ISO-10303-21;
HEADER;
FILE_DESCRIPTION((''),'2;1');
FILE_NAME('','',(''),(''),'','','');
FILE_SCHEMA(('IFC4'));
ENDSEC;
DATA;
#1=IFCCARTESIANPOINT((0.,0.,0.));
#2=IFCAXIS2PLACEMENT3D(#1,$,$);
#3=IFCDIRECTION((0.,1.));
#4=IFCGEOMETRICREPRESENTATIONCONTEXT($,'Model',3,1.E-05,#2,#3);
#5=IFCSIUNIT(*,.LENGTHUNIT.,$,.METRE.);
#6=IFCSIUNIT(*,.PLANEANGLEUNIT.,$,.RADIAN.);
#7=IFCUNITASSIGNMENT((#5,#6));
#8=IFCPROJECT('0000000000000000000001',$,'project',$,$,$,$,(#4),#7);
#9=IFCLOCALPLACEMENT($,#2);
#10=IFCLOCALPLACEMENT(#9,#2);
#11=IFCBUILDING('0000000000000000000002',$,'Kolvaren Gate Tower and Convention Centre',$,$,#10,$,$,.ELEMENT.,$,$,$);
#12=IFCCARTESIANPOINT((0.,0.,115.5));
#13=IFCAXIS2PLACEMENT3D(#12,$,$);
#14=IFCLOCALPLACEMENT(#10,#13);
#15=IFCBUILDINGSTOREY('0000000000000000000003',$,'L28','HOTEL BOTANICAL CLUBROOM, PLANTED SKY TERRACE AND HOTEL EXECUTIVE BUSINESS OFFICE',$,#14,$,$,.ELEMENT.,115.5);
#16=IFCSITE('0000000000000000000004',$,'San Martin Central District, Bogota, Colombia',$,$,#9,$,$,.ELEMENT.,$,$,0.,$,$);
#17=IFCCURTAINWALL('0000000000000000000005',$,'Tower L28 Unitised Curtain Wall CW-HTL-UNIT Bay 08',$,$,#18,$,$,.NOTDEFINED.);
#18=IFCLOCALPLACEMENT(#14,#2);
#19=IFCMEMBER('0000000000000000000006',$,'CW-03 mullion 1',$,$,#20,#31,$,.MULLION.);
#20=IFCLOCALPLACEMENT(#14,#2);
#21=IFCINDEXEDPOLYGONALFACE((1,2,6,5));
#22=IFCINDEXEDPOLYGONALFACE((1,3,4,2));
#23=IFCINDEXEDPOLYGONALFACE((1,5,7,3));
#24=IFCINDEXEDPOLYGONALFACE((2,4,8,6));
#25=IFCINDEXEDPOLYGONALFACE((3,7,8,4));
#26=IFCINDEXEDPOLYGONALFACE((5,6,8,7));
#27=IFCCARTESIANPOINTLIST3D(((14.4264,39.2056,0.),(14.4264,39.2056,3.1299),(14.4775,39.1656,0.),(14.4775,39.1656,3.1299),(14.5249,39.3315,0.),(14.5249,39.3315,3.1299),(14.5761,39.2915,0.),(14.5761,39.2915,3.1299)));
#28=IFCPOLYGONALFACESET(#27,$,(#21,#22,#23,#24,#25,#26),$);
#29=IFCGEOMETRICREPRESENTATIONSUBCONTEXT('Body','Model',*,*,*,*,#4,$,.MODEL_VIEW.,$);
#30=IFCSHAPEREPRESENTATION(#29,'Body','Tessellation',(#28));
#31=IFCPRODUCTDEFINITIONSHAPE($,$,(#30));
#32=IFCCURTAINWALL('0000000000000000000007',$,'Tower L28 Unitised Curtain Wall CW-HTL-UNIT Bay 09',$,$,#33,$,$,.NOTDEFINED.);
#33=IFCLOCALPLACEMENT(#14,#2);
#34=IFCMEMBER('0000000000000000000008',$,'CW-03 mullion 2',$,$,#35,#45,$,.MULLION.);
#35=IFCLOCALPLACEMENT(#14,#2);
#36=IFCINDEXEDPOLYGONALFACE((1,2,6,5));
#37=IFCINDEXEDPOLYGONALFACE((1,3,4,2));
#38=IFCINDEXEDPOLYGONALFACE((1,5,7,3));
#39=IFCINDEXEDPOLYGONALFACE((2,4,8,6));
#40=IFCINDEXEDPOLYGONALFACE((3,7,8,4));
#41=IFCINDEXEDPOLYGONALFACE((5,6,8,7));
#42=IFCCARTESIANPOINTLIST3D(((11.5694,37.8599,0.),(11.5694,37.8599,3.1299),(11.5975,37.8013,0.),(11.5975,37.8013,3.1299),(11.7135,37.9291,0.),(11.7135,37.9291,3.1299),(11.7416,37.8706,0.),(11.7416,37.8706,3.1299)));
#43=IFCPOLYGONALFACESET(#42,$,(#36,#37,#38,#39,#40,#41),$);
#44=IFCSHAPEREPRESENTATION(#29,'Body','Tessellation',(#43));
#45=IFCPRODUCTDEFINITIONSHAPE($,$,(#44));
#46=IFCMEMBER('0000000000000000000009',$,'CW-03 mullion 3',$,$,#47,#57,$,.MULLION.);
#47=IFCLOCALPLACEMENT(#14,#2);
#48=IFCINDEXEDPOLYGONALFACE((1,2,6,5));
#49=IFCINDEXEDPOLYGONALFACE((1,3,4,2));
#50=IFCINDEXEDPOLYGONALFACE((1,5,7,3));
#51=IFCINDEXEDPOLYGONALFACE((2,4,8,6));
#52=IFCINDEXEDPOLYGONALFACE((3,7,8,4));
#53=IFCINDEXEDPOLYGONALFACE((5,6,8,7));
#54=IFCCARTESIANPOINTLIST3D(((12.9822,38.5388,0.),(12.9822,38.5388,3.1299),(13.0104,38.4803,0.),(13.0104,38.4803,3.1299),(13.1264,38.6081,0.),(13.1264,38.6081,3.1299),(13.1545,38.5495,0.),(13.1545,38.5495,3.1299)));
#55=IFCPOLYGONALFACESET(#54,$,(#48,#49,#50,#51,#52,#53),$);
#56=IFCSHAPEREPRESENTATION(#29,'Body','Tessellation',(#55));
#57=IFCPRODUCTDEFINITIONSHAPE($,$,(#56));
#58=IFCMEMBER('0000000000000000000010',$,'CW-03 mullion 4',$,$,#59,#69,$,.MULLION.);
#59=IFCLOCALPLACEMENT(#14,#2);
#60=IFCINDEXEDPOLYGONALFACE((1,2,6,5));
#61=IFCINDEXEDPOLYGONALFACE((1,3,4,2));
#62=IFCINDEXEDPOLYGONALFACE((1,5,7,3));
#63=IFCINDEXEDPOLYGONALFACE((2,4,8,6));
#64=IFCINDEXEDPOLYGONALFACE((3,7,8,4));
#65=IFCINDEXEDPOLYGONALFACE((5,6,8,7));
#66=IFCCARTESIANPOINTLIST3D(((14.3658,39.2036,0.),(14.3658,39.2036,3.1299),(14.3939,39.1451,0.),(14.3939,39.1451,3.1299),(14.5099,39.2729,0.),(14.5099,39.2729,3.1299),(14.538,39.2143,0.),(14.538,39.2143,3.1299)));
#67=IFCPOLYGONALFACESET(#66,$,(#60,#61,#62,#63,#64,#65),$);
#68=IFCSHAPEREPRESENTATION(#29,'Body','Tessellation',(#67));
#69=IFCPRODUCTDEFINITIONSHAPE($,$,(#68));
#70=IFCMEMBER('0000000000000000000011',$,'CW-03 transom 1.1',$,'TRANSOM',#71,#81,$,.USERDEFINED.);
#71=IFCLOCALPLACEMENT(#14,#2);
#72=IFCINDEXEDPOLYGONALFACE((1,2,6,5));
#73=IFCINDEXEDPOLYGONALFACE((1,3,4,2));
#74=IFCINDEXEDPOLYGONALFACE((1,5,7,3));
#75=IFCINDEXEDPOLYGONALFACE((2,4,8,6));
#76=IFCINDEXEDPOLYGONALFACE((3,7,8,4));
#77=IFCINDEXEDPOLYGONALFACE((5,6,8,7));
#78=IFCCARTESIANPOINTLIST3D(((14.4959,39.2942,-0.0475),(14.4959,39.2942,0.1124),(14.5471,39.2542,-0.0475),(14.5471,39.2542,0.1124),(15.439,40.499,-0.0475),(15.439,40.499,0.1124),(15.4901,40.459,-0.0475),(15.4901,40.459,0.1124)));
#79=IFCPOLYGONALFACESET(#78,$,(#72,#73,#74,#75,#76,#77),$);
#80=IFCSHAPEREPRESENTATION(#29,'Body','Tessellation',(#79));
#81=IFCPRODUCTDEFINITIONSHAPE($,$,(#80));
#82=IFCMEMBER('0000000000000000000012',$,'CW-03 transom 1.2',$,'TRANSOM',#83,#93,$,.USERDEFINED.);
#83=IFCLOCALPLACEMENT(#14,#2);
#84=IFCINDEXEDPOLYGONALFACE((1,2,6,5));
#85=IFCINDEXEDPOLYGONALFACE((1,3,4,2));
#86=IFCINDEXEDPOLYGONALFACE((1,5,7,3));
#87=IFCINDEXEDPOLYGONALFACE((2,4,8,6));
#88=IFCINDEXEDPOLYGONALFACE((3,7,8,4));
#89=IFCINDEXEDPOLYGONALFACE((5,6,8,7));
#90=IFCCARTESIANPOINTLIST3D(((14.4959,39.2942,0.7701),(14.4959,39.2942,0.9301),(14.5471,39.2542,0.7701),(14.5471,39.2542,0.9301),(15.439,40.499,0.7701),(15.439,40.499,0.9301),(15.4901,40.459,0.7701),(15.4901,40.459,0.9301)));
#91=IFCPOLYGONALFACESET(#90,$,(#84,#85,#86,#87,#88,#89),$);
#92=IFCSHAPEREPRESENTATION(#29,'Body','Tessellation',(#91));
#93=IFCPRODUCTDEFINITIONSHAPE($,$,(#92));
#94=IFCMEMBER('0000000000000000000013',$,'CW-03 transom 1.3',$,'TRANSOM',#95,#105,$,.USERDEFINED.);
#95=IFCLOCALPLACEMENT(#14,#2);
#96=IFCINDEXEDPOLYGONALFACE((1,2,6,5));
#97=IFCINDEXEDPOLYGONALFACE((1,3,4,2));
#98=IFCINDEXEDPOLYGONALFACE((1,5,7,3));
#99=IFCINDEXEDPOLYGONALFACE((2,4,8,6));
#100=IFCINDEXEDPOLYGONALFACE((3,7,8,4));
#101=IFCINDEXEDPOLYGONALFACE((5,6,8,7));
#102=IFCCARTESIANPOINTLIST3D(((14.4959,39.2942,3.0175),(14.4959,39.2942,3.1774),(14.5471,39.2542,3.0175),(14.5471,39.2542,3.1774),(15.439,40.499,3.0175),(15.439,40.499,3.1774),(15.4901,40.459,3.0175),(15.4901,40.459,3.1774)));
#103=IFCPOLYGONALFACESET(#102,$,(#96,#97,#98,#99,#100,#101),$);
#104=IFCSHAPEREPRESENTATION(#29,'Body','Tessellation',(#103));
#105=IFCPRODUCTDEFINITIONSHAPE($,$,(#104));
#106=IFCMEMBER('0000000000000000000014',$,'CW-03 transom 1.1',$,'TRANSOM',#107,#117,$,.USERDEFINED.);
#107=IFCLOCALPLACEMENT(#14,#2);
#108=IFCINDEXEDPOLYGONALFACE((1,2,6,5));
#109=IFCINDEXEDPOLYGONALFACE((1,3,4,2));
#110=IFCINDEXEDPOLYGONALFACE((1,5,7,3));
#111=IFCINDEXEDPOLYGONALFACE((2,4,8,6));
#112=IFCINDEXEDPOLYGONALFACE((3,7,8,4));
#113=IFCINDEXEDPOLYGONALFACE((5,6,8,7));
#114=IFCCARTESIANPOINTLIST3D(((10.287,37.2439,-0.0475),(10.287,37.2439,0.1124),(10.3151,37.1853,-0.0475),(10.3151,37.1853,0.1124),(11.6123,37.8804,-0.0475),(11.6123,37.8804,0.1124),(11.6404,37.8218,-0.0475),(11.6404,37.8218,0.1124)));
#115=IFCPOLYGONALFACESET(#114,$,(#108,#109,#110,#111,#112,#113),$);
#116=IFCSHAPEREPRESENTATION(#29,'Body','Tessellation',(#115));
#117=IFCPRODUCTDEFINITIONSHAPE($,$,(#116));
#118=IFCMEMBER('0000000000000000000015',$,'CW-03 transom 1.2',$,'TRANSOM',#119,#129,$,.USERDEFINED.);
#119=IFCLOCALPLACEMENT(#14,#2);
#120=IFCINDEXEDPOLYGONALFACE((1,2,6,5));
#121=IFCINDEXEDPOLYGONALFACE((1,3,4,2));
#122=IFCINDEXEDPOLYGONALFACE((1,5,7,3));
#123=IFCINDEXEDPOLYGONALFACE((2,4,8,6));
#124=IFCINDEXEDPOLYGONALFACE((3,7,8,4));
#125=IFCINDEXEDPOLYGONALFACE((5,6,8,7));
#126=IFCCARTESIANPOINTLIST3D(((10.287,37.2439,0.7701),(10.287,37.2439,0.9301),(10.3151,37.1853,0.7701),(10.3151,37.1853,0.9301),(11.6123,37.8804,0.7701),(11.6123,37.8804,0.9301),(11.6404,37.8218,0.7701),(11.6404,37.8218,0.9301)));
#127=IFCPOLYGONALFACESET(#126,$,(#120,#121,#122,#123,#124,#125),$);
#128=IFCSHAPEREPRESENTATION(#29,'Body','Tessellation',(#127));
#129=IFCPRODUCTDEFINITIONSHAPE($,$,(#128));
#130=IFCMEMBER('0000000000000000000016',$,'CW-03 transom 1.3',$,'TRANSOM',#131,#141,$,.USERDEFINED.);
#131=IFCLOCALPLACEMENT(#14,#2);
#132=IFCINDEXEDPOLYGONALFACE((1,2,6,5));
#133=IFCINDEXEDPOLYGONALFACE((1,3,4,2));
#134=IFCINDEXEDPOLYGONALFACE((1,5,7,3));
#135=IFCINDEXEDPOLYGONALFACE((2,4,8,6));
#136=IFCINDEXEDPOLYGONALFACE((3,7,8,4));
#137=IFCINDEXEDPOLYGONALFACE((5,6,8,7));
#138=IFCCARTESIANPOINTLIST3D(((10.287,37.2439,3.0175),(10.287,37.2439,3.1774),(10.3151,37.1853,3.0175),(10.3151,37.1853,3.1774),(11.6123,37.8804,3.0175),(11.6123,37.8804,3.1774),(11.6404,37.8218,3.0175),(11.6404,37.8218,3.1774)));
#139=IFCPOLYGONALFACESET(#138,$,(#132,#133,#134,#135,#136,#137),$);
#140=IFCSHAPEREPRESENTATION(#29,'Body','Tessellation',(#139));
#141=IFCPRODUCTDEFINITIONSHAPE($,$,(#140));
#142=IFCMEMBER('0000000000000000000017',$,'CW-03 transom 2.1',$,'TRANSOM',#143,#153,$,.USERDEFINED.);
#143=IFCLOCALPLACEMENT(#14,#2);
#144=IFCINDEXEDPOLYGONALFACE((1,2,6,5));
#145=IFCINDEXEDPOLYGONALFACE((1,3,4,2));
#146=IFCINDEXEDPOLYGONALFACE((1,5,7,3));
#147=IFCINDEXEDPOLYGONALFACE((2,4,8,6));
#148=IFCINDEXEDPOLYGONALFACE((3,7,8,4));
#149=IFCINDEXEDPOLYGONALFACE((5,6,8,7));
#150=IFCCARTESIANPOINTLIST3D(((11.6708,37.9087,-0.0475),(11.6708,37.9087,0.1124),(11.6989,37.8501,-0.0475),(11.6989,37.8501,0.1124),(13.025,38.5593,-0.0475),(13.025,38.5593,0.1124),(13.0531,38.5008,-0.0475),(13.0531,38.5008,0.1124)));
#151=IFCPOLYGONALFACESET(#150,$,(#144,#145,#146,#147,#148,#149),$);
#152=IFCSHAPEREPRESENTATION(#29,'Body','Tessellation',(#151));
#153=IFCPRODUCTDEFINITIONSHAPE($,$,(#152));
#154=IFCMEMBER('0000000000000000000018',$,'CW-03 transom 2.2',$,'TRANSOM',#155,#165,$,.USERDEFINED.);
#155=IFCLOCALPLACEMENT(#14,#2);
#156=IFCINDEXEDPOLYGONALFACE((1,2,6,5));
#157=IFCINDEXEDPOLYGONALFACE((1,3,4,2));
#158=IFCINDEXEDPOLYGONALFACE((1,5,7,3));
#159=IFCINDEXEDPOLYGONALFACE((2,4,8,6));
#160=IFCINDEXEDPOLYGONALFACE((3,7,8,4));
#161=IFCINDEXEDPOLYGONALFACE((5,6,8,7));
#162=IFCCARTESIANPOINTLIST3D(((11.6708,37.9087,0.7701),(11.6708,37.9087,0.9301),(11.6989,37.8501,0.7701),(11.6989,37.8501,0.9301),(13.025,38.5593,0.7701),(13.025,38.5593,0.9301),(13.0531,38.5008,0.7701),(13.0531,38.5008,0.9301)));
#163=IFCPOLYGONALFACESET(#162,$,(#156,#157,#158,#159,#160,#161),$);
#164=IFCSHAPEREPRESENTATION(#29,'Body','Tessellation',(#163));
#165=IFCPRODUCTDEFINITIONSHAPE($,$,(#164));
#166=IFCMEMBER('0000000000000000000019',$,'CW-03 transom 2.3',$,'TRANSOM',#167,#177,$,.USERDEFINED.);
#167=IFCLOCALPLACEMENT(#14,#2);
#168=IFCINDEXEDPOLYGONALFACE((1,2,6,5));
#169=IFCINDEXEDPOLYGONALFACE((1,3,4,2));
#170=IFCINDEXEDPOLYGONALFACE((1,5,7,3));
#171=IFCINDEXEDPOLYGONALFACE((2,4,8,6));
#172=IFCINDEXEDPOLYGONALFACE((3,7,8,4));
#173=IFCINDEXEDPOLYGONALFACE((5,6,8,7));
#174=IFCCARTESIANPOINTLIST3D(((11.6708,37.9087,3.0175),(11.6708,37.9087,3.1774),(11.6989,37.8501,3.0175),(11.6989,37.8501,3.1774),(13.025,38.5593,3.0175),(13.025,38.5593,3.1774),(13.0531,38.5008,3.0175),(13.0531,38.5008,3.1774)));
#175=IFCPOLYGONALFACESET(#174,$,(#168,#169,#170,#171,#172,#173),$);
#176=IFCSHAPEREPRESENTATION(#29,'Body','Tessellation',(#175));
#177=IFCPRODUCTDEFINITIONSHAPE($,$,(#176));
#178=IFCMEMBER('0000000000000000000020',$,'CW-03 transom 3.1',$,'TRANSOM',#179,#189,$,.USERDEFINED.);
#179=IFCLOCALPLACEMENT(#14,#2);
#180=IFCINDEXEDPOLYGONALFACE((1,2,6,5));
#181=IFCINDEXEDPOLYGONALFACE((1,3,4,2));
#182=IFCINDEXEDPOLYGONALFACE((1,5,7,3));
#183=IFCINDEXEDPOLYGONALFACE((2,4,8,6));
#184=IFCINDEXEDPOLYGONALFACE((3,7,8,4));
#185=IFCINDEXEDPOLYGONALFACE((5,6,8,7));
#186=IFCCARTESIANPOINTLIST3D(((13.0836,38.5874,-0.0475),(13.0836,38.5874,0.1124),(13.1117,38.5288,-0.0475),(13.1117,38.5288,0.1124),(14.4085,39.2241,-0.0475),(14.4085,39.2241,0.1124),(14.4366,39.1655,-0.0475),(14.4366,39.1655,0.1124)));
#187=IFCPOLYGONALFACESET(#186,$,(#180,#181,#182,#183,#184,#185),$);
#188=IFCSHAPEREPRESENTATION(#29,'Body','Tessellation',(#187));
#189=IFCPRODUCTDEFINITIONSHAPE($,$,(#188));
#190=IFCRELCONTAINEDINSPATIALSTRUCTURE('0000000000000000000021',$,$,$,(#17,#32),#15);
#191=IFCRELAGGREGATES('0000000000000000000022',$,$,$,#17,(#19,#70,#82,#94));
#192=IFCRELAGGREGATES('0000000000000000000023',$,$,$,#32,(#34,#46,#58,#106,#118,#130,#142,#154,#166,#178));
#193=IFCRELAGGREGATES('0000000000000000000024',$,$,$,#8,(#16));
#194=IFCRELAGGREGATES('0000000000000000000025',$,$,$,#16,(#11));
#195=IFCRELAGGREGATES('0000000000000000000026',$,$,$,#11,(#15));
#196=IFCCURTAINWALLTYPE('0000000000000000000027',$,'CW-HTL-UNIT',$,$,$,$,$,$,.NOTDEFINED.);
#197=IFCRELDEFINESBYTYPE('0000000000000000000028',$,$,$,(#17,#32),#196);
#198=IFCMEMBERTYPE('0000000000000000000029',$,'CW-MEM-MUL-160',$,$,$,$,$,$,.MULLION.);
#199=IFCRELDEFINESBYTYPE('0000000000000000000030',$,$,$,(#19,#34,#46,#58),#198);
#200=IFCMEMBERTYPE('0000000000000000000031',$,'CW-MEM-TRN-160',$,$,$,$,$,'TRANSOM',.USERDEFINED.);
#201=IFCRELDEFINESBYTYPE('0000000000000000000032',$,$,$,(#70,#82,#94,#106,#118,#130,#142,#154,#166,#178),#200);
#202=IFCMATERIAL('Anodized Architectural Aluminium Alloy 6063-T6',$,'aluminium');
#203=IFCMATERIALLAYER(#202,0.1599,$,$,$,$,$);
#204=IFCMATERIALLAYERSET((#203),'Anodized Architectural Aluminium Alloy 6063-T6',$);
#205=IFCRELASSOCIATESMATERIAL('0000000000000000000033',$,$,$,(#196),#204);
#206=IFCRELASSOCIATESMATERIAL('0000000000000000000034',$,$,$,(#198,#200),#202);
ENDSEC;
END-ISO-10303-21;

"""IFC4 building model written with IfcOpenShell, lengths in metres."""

from ifc_helpers import new_model, si_unit, direction, frame, origin, origin_2d, place, context, subcontext, project, spatial, rectangle, extrude, material, layer, layer_set, material_profile, profile_set, type_object, element, aggregate, save


model = new_model("IFC4")

# Units and contexts
model_context = context("Model", 3, precision=1e-05, world=origin(), true_north=direction((0.0, 1.0)))
body_context = subcontext(model_context, "Body", "Model", "MODEL_VIEW")
ifc_project = project(units=[si_unit("LENGTHUNIT", "METRE"), si_unit("PLANEANGLEUNIT", "RADIAN")], contexts=[model_context])

# Site, building, storey
site_placement = place(None, origin())
site = spatial("IfcSite", under=ifc_project, at=site_placement, Name="San Martin Central District, Bogota, Colombia", CompositionType="ELEMENT", RefElevation=0.0)
building_placement = place(site_placement, origin())
building = spatial("IfcBuilding", under=site, at=building_placement, Name="Kolvaren Gate Tower and Convention Centre", CompositionType="ELEMENT")
storey_placement = place(building_placement, frame((0.0, 0.0, 115.5)))
storey = spatial("IfcBuildingStorey", under=building, at=storey_placement, Name="L28", Description="HOTEL BOTANICAL CLUBROOM, PLANTED SKY TERRACE AND HOTEL EXECUTIVE BUSINESS OFFICE", CompositionType="ELEMENT", Elevation=115.5)

# Curtain wall, member
ifc_material_1 = material(Name="Anodized Architectural Aluminium Alloy 6063-T6", Category="aluminium")
ifc_layer_1 = layer(ifc_material_1, 0.1599)
ifc_layer_set_1 = layer_set([ifc_layer_1], Name="Anodized Architectural Aluminium Alloy 6063-T6")
curtain_wall_type = type_object("IfcCurtainWallType", Name="CW-HTL-UNIT", PredefinedType="NOTDEFINED", material=ifc_layer_set_1)
curtain_wall_1_placement = place(storey_placement, origin())
curtain_wall_1 = element("IfcCurtainWall", 1, at=curtain_wall_1_placement, inside=storey, type_object=curtain_wall_type, Name="Tower L28 Unitised Curtain Wall CW-HTL-UNIT Bay 08", PredefinedType="NOTDEFINED")
ifc_material_profile_1 = material_profile(ifc_material_1, rectangle(XDim=0.0649, YDim=0.1599, at=origin_2d()), Name="CW-MEM-MUL-160")
ifc_profile_set_1 = profile_set([ifc_material_profile_1], Name="Anodized Architectural Aluminium Alloy 6063-T6")
member_type_1 = type_object("IfcMemberType", Name="CW-MEM-MUL-160", PredefinedType="MULLION", material=ifc_profile_set_1)
member_1_placement = place(storey_placement, frame((14.5012, 39.2485, 0.0), z_axis=(0.0, 0.0, 1.0), x_axis=(-0.787401, 0.616441, 0.0)))
member_1 = element("IfcMember", 2, at=member_1_placement, type_object=member_type_1, Name="CW-03 mullion 1", PredefinedType="MULLION", context=body_context, shape_type="SweptSolid", body=[
    extrude(rectangle(XDim=0.0649, YDim=0.1599, at=origin_2d()), origin(), (0.0, 0.0, 1.0), 3.1299),
])

# Curtain wall, members
curtain_wall_2_placement = place(storey_placement, origin())
curtain_wall_2 = element("IfcCurtainWall", 3, at=curtain_wall_2_placement, inside=storey, type_object=curtain_wall_type, Name="Tower L28 Unitised Curtain Wall CW-HTL-UNIT Bay 09", PredefinedType="NOTDEFINED")
member_2_placement = place(storey_placement, frame((11.6555, 37.8652, 0.0), z_axis=(0.0, 0.0, 1.0), x_axis=(-0.433073, 0.901359, 0.0)))
member_2 = element("IfcMember", 4, at=member_2_placement, type_object=member_type_1, Name="CW-03 mullion 2", PredefinedType="MULLION", context=body_context, shape_type="SweptSolid", body=[
    extrude(rectangle(XDim=0.0649, YDim=0.1599, at=origin_2d()), origin(), (0.0, 0.0, 1.0), 3.1299),
])
member_3_placement = place(storey_placement, frame((13.0684, 38.5442, 0.0), z_axis=(0.0, 0.0, 1.0), x_axis=(-0.433073, 0.901359, 0.0)))
member_3 = element("IfcMember", 5, at=member_3_placement, type_object=member_type_1, Name="CW-03 mullion 3", PredefinedType="MULLION", context=body_context, shape_type="SweptSolid", body=[
    extrude(rectangle(XDim=0.0649, YDim=0.1599, at=origin_2d()), origin(), (0.0, 0.0, 1.0), 3.1299),
])
member_4_placement = place(storey_placement, frame((14.4519, 39.209, 0.0), z_axis=(0.0, 0.0, 1.0), x_axis=(-0.433073, 0.901359, 0.0)))
member_4 = element("IfcMember", 6, at=member_4_placement, type_object=member_type_1, Name="CW-03 mullion 4", PredefinedType="MULLION", context=body_context, shape_type="SweptSolid", body=[
    extrude(rectangle(XDim=0.0649, YDim=0.1599, at=origin_2d()), origin(), (0.0, 0.0, 1.0), 3.1299),
])

# Members
ifc_material_profile_2 = material_profile(ifc_material_1, rectangle(XDim=0.0649, YDim=0.1599, at=origin_2d()), Name="CW-MEM-TRN-160")
ifc_profile_set_2 = profile_set([ifc_material_profile_2], Name="Anodized Architectural Aluminium Alloy 6063-T6")
member_type_2 = type_object("IfcMemberType", Name="CW-MEM-TRN-160", ElementType="TRANSOM", PredefinedType="USERDEFINED", material=ifc_profile_set_2)
member_5_placement = place(storey_placement, frame((14.5215, 39.2742, 0.0325), z_axis=(0.61639, 0.787441, 0.0), x_axis=(-0.787441, 0.61639, 0.0)))
member_5 = element("IfcMember", 7, at=member_5_placement, type_object=member_type_2, Name="CW-03 transom 1.1", ObjectType="TRANSOM", PredefinedType="USERDEFINED", context=body_context, shape_type="SweptSolid", body=[
    extrude(rectangle(XDim=0.0649, YDim=0.1599, at=origin_2d()), origin(), (0.0, 0.0, 1.0), 1.53),
])
member_6_placement = place(storey_placement, frame((14.5215, 39.2742, 0.8501), z_axis=(0.61639, 0.787441, 0.0), x_axis=(-0.787441, 0.61639, 0.0)))
member_6 = element("IfcMember", 8, at=member_6_placement, type_object=member_type_2, Name="CW-03 transom 1.2", ObjectType="TRANSOM", PredefinedType="USERDEFINED", context=body_context, shape_type="SweptSolid", body=[
    extrude(rectangle(XDim=0.0649, YDim=0.1599, at=origin_2d()), origin(), (0.0, 0.0, 1.0), 1.53),
])
member_7_placement = place(storey_placement, frame((14.5215, 39.2742, 3.0974), z_axis=(0.61639, 0.787441, 0.0), x_axis=(-0.787441, 0.61639, 0.0)))
member_7 = element("IfcMember", 9, at=member_7_placement, type_object=member_type_2, Name="CW-03 transom 1.3", ObjectType="TRANSOM", PredefinedType="USERDEFINED", context=body_context, shape_type="SweptSolid", body=[
    extrude(rectangle(XDim=0.0649, YDim=0.1599, at=origin_2d()), origin(), (0.0, 0.0, 1.0), 1.53),
])
member_8_placement = place(storey_placement, frame((10.301, 37.2146, 0.0325), z_axis=(0.901422, 0.432942, 0.0), x_axis=(-0.432942, 0.901422, 0.0)))
member_8 = element("IfcMember", 10, at=member_8_placement, type_object=member_type_2, Name="CW-03 transom 1.1", ObjectType="TRANSOM", PredefinedType="USERDEFINED", context=body_context, shape_type="SweptSolid", body=[
    extrude(rectangle(XDim=0.0649, YDim=0.1599, at=origin_2d()), origin(), (0.0, 0.0, 1.0), 1.4702),
])
member_9_placement = place(storey_placement, frame((10.301, 37.2146, 0.8501), z_axis=(0.901422, 0.432942, 0.0), x_axis=(-0.432942, 0.901422, 0.0)))
member_9 = element("IfcMember", 11, at=member_9_placement, type_object=member_type_2, Name="CW-03 transom 1.2", ObjectType="TRANSOM", PredefinedType="USERDEFINED", context=body_context, shape_type="SweptSolid", body=[
    extrude(rectangle(XDim=0.0649, YDim=0.1599, at=origin_2d()), origin(), (0.0, 0.0, 1.0), 1.4702),
])
member_10_placement = place(storey_placement, frame((10.301, 37.2146, 3.0974), z_axis=(0.901422, 0.432942, 0.0), x_axis=(-0.432942, 0.901422, 0.0)))
member_10 = element("IfcMember", 12, at=member_10_placement, type_object=member_type_2, Name="CW-03 transom 1.3", ObjectType="TRANSOM", PredefinedType="USERDEFINED", context=body_context, shape_type="SweptSolid", body=[
    extrude(rectangle(XDim=0.0649, YDim=0.1599, at=origin_2d()), origin(), (0.0, 0.0, 1.0), 1.4702),
])
member_11_placement = place(storey_placement, frame((11.6848, 37.8794, 0.0325), z_axis=(0.901368, 0.433053, 0.0), x_axis=(-0.433053, 0.901368, 0.0)))
member_11 = element("IfcMember", 13, at=member_11_placement, type_object=member_type_2, Name="CW-03 transom 2.1", ObjectType="TRANSOM", PredefinedType="USERDEFINED", context=body_context, shape_type="SweptSolid", body=[
    extrude(rectangle(XDim=0.0649, YDim=0.1599, at=origin_2d()), origin(), (0.0, 0.0, 1.0), 1.5024),
])
member_12_placement = place(storey_placement, frame((11.6848, 37.8794, 0.8501), z_axis=(0.901368, 0.433053, 0.0), x_axis=(-0.433053, 0.901368, 0.0)))
member_12 = element("IfcMember", 14, at=member_12_placement, type_object=member_type_2, Name="CW-03 transom 2.2", ObjectType="TRANSOM", PredefinedType="USERDEFINED", context=body_context, shape_type="SweptSolid", body=[
    extrude(rectangle(XDim=0.0649, YDim=0.1599, at=origin_2d()), origin(), (0.0, 0.0, 1.0), 1.5024),
])
member_13_placement = place(storey_placement, frame((11.6848, 37.8794, 3.0974), z_axis=(0.901368, 0.433053, 0.0), x_axis=(-0.433053, 0.901368, 0.0)))
member_13 = element("IfcMember", 15, at=member_13_placement, type_object=member_type_2, Name="CW-03 transom 2.3", ObjectType="TRANSOM", PredefinedType="USERDEFINED", context=body_context, shape_type="SweptSolid", body=[
    extrude(rectangle(XDim=0.0649, YDim=0.1599, at=origin_2d()), origin(), (0.0, 0.0, 1.0), 1.5024),
])
member_14_placement = place(storey_placement, frame((13.0977, 38.5581, 0.0325), z_axis=(0.901326, 0.433141, 0.0), x_axis=(-0.433141, 0.901326, 0.0)))
member_14 = element("IfcMember", 16, at=member_14_placement, type_object=member_type_2, Name="CW-03 transom 3.1", ObjectType="TRANSOM", PredefinedType="USERDEFINED", context=body_context, shape_type="SweptSolid", body=[
    extrude(rectangle(XDim=0.0649, YDim=0.1599, at=origin_2d()), origin(), (0.0, 0.0, 1.0), 1.47),
])

aggregate(curtain_wall_1, [member_1, member_5, member_6, member_7])
aggregate(curtain_wall_2, [member_2, member_3, member_4, member_8, member_9, member_10, member_11, member_12, member_13, member_14])

save(model, "model.ifc")
